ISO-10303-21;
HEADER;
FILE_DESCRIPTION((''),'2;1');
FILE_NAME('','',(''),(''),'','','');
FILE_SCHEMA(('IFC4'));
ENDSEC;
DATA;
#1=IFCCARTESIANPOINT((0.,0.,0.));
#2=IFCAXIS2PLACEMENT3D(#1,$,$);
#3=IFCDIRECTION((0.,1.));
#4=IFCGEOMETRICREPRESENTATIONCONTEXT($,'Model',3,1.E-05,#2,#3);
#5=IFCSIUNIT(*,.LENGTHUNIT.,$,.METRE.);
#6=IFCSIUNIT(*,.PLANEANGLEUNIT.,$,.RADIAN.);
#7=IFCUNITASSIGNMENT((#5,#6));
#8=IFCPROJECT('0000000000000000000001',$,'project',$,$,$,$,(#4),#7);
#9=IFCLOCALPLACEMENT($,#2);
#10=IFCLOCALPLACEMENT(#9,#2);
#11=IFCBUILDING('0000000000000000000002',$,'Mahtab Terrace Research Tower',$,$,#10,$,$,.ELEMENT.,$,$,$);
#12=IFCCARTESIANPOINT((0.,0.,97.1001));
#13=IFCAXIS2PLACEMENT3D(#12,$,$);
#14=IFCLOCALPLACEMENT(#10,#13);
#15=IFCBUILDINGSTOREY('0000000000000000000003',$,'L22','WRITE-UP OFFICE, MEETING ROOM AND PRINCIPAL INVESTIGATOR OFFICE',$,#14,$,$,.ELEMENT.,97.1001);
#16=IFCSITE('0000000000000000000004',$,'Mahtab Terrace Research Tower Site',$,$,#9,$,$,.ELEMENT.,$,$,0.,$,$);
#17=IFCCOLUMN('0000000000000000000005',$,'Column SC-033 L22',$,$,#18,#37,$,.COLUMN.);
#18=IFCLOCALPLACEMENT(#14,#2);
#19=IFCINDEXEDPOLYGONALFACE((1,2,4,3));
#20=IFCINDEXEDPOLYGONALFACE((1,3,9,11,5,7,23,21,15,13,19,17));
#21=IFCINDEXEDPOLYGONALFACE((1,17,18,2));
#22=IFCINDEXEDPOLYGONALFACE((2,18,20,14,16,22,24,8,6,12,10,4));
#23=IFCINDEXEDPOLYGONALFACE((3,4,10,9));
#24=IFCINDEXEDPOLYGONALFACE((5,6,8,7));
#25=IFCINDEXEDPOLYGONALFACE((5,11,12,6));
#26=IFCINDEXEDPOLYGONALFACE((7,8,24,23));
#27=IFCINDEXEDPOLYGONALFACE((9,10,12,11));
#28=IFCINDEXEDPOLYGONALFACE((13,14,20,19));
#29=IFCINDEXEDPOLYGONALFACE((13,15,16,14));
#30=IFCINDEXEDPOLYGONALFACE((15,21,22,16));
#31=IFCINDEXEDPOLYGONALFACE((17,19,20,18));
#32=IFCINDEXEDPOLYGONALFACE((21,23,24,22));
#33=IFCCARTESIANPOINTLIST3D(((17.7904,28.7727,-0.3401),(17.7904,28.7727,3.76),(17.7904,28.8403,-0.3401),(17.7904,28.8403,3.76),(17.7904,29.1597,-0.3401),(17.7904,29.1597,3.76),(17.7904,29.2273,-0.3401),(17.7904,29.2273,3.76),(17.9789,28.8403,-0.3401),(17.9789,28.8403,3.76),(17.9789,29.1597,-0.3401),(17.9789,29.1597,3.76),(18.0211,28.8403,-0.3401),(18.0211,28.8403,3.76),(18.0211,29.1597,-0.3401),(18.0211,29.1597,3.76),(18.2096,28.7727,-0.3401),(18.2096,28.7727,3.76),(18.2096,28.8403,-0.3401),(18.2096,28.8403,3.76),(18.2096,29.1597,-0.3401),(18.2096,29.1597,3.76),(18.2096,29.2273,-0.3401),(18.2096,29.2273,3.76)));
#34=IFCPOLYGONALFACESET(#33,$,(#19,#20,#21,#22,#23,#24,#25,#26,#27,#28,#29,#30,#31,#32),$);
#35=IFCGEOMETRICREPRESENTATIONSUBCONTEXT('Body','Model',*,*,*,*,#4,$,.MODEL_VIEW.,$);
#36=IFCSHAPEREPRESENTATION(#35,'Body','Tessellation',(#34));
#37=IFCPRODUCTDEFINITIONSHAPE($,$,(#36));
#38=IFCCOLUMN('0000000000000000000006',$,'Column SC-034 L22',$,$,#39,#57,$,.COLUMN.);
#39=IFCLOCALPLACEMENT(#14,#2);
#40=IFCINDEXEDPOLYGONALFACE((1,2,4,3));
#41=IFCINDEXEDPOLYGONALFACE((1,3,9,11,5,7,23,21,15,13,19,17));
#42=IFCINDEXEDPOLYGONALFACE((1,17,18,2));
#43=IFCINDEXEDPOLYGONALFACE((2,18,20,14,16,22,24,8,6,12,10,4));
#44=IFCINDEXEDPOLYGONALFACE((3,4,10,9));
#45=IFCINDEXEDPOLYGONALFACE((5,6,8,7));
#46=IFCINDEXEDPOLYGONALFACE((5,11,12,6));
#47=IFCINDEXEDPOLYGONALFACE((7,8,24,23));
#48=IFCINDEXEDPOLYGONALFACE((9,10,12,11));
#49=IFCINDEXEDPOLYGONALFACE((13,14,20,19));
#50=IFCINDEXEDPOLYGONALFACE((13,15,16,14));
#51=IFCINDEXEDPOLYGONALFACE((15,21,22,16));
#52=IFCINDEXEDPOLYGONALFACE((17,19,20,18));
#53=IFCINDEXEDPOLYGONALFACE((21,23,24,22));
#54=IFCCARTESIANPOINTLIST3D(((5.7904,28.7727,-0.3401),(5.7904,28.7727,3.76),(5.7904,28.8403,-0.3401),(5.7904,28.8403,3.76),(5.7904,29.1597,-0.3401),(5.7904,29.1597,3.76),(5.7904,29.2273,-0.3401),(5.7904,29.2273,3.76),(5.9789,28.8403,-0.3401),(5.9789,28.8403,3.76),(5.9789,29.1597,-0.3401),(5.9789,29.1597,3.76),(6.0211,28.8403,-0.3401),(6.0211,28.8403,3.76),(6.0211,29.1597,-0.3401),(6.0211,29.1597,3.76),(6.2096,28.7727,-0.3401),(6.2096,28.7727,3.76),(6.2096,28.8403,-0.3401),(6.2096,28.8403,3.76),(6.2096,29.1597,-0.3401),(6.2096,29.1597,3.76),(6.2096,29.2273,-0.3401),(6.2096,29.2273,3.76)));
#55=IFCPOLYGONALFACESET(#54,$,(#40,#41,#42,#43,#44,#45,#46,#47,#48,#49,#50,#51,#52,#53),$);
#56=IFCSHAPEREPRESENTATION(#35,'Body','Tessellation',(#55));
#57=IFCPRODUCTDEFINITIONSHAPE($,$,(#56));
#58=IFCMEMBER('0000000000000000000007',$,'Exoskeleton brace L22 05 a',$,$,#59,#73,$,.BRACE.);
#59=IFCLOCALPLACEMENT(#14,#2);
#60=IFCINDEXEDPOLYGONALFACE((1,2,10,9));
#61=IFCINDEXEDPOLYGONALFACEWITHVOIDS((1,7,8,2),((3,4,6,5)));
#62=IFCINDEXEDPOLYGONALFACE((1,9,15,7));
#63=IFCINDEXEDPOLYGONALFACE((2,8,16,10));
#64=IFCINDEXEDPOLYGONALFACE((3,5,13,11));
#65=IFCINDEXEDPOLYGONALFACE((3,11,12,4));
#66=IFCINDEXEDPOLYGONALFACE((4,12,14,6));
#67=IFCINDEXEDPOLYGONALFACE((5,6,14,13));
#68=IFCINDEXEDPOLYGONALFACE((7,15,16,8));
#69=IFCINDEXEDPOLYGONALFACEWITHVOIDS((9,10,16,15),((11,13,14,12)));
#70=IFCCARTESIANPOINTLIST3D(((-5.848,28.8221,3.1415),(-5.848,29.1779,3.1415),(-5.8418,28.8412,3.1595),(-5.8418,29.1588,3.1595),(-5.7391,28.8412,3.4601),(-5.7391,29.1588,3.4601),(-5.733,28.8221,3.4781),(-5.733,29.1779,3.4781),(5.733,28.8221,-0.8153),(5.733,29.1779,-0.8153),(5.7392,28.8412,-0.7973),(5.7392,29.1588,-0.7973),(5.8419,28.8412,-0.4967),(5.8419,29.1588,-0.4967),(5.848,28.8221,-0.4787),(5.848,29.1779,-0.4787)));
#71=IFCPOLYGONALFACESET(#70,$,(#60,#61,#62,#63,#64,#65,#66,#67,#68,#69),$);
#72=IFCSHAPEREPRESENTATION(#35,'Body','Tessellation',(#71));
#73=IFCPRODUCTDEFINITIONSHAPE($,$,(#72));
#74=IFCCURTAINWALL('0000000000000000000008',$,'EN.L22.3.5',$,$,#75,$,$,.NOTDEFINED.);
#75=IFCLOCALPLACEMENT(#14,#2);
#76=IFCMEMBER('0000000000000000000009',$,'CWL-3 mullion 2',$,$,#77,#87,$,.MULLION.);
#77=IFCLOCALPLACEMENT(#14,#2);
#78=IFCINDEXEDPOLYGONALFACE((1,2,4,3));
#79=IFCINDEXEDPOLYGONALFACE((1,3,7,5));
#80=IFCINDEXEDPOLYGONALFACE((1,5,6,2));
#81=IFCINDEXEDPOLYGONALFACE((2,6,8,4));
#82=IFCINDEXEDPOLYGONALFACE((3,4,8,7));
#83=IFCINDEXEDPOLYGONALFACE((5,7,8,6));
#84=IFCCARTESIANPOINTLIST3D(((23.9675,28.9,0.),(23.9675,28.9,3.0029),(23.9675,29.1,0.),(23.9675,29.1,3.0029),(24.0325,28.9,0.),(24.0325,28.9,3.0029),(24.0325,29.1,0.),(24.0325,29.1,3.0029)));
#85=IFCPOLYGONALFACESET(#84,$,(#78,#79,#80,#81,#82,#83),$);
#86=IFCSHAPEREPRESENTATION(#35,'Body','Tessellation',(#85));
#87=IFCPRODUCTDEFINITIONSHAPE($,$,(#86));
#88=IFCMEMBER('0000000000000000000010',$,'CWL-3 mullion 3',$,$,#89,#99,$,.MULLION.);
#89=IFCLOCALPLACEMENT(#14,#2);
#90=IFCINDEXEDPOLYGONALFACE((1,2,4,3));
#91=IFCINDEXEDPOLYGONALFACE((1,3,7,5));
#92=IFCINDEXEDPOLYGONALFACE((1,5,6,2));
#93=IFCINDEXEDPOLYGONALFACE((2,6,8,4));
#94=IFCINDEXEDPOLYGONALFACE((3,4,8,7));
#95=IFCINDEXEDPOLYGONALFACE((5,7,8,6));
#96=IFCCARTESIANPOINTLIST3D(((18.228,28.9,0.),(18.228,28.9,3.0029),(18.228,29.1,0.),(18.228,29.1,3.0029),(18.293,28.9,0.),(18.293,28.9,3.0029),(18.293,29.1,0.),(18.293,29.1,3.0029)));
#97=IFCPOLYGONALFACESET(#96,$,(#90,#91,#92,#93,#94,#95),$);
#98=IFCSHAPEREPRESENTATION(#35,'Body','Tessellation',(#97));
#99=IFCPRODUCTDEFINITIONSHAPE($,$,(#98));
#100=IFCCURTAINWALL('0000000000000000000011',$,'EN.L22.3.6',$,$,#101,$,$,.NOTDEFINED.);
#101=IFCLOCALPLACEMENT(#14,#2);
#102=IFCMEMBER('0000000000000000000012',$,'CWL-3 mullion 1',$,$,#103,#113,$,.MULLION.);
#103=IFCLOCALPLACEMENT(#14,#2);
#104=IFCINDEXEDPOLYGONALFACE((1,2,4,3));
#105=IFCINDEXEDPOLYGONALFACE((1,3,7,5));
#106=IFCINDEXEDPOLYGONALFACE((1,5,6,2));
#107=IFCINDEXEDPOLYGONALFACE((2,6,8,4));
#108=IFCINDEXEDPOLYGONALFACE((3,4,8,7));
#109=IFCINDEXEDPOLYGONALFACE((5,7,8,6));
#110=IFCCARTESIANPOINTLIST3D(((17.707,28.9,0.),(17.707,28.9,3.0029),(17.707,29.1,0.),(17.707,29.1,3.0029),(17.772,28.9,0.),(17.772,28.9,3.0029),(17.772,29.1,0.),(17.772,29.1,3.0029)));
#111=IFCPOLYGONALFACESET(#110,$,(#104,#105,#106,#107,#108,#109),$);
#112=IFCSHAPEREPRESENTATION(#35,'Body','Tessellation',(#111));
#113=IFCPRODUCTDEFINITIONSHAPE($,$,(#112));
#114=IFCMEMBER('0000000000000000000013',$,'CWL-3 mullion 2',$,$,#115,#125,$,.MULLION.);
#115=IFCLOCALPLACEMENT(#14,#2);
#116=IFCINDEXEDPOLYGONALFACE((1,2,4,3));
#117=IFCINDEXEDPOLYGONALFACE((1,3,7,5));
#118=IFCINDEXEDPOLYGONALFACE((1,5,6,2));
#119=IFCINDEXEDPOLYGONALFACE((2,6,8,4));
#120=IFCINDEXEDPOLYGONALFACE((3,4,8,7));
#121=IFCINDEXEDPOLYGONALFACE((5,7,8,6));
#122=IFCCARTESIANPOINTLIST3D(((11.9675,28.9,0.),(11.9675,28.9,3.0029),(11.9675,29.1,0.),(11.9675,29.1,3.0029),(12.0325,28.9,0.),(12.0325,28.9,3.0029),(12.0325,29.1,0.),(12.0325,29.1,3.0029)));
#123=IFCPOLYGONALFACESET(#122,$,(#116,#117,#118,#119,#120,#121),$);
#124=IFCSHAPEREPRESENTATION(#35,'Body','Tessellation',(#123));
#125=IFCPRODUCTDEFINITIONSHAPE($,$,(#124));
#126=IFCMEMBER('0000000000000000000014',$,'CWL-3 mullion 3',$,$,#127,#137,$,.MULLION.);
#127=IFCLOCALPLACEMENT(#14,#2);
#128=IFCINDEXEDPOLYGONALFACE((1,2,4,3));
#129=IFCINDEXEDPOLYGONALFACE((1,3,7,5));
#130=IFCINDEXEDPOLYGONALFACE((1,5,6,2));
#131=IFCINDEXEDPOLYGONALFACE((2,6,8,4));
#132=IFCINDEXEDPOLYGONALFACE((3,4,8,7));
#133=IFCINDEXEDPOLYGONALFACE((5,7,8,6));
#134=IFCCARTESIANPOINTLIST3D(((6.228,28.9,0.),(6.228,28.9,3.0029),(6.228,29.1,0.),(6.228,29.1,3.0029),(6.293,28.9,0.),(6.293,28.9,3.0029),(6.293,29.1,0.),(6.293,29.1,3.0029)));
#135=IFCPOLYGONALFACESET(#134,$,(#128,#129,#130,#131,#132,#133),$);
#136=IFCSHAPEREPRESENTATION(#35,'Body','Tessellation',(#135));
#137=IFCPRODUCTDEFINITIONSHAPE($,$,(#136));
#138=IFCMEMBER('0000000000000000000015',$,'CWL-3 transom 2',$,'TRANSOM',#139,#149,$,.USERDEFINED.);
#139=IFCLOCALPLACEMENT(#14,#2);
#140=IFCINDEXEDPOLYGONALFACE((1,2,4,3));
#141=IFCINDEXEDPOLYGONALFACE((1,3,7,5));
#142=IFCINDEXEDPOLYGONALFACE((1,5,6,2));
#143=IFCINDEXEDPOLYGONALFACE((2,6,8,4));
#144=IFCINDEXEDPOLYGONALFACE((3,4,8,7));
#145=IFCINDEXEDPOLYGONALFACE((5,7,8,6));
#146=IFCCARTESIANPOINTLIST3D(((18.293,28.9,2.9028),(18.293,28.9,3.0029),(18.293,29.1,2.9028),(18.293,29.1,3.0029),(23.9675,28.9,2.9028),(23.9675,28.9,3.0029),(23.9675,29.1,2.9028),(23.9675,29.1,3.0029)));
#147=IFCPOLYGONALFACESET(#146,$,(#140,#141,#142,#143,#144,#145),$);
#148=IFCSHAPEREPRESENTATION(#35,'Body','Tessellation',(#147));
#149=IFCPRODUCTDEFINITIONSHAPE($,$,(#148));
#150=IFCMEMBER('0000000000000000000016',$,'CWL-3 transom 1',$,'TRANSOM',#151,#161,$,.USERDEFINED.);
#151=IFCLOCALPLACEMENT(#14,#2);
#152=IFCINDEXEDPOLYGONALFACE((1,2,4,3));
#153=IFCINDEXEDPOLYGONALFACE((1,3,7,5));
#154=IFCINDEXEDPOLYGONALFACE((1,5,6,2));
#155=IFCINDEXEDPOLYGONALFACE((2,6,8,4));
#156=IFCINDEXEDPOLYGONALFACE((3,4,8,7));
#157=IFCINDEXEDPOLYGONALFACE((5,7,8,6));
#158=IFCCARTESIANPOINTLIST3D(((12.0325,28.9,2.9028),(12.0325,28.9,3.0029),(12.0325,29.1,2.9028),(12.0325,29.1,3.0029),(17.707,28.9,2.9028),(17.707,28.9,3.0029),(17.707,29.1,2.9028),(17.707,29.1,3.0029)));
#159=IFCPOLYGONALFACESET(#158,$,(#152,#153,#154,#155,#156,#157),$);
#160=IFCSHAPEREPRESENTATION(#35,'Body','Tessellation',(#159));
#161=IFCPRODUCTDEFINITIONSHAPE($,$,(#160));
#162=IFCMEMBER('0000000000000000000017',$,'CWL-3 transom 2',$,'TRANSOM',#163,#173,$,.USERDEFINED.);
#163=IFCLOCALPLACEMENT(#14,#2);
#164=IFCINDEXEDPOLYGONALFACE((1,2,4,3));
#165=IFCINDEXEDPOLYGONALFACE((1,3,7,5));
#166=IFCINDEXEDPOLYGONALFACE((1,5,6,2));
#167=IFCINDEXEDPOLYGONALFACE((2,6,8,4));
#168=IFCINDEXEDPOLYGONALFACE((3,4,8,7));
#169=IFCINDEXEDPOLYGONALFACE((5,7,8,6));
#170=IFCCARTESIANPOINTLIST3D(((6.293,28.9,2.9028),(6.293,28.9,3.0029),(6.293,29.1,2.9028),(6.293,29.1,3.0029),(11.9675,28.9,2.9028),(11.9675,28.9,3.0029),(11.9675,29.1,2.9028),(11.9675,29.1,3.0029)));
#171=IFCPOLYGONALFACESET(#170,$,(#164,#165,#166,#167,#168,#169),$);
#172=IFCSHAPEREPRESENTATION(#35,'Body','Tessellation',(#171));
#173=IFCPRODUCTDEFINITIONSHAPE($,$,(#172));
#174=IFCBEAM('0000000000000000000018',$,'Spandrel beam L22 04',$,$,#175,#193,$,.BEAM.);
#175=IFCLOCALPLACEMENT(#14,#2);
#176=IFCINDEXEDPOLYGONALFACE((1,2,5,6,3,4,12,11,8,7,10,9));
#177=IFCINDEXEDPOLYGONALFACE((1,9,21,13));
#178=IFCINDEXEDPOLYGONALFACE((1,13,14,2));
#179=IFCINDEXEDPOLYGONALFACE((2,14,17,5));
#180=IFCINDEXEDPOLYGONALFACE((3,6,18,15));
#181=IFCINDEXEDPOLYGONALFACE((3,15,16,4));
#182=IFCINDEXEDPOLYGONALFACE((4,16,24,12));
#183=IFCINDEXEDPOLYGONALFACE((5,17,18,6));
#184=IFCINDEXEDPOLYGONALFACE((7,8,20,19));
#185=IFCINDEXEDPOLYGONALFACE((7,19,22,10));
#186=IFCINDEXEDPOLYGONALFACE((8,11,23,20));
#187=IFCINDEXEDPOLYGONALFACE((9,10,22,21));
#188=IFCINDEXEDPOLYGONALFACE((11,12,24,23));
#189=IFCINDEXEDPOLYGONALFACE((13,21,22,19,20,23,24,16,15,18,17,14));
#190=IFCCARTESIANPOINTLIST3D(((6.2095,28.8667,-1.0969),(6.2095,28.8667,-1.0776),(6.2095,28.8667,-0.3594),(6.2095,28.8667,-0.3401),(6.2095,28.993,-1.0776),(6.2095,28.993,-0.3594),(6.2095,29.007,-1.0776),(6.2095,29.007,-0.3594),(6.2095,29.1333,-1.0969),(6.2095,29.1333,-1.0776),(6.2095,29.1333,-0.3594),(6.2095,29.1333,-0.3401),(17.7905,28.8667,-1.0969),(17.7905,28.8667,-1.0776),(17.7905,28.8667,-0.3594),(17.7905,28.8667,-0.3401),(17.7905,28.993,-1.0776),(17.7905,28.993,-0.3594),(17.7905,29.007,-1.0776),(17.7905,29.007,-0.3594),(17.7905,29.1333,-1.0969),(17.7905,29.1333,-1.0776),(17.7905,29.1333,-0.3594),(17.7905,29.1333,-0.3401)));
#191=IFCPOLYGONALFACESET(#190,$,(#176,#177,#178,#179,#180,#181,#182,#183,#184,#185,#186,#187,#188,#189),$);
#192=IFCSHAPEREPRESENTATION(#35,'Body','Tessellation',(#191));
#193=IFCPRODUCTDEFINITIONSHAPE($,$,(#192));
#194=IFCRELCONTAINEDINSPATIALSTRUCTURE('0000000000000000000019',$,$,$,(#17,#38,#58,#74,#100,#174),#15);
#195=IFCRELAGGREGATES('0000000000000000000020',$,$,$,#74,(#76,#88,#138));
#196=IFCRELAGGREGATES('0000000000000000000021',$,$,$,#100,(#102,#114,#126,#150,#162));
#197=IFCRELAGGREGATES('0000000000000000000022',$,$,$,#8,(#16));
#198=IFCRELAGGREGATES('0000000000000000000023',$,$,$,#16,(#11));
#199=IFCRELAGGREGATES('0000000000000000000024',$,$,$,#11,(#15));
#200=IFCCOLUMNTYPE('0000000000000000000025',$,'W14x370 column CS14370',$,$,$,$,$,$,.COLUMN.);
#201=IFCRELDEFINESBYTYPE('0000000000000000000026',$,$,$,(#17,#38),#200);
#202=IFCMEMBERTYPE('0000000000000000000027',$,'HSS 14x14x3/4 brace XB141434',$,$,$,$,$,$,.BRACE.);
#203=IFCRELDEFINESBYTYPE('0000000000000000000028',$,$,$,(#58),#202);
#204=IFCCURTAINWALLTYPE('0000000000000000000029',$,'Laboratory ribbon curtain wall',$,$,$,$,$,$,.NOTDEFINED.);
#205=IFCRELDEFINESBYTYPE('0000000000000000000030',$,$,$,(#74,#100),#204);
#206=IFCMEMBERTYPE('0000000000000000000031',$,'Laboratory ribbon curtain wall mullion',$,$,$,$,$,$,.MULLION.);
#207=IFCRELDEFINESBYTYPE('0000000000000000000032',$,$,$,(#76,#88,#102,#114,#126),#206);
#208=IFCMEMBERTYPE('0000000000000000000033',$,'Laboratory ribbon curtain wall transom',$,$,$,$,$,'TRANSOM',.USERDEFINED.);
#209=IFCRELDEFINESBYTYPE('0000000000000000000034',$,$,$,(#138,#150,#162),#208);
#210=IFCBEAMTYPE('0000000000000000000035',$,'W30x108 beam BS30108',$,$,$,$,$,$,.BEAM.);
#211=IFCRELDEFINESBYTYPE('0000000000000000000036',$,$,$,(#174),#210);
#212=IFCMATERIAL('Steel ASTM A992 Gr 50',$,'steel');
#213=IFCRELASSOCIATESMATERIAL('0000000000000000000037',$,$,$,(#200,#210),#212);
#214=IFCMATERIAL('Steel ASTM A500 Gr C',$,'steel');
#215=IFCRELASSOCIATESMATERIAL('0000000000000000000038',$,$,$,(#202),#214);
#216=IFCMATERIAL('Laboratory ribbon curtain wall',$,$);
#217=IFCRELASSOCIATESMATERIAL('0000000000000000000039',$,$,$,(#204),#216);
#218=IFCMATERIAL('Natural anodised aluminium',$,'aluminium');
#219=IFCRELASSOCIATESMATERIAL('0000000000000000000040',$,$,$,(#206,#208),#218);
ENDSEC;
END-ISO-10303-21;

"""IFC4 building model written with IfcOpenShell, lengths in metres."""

from ifc_helpers import new_model, si_unit, direction, frame, origin, origin_2d, place, context, subcontext, project, spatial, rectangle, hollow_rectangle, i_section, extrude, material, material_profile, profile_set, type_object, element, aggregate, save


model = new_model("IFC4")

# Units and contexts
model_context = context("Model", 3, precision=1e-05, world=origin(), true_north=direction((0.0, 1.0)))
body_context = subcontext(model_context, "Body", "Model", "MODEL_VIEW")
ifc_project = project(units=[si_unit("LENGTHUNIT", "METRE"), si_unit("PLANEANGLEUNIT", "RADIAN")], contexts=[model_context])

# Site, building, storey
site_placement = place(None, origin())
site = spatial("IfcSite", under=ifc_project, at=site_placement, Name="Mahtab Terrace Research Tower Site", CompositionType="ELEMENT", RefElevation=0.0)
building_placement = place(site_placement, origin())
building = spatial("IfcBuilding", under=site, at=building_placement, Name="Mahtab Terrace Research Tower", CompositionType="ELEMENT")
storey_placement = place(building_placement, frame((0.0, 0.0, 97.1001)))
storey = spatial("IfcBuildingStorey", under=building, at=storey_placement, Name="L22", Description="WRITE-UP OFFICE, MEETING ROOM AND PRINCIPAL INVESTIGATOR OFFICE", CompositionType="ELEMENT", Elevation=97.1001)

# Columns
ifc_material_1 = material(Name="Steel ASTM A992 Gr 50", Category="steel")
ifc_material_profile_1 = material_profile(ifc_material_1, i_section(OverallWidth=0.4192, OverallDepth=0.4546, WebThickness=0.0422, FlangeThickness=0.0676, at=origin_2d()), Name="W14X370")
ifc_profile_set_1 = profile_set([ifc_material_profile_1], Name="Steel ASTM A992 Gr 50")
column_type = type_object("IfcColumnType", Name="W14x370 column CS14370", PredefinedType="COLUMN", material=ifc_profile_set_1)
for number, where, z_axis, x_axis, name in (
    (1, (18.0, 29.0, -0.3401), (0.0, 0.0, 1.0), (1.0, 0.0, 0.0), "Column SC-033 L22"),
    (2, (6.0, 29.0, -0.3401), (0.0, 0.0, 1.0), (1.0, 0.0, 0.0), "Column SC-034 L22"),
):
    element("IfcColumn", number, at=place(storey_placement, frame(where, z_axis=z_axis, x_axis=x_axis)), inside=storey, type_object=column_type, Name=name, PredefinedType="COLUMN", context=body_context, shape_type="SweptSolid", body=[
        extrude(i_section(OverallWidth=0.4192, OverallDepth=0.4546, WebThickness=0.0422, FlangeThickness=0.0676, at=origin_2d()), origin(), (0.0, 0.0, 1.0), 4.1001),
    ])

# Member
ifc_material_2 = material(Name="Steel ASTM A500 Gr C", Category="steel")
ifc_material_profile_2 = material_profile(ifc_material_2, hollow_rectangle(XDim=0.3557, YDim=0.3557, WallThickness=0.019, at=origin_2d()), Name="HSS14X14X3/4")
ifc_profile_set_2 = profile_set([ifc_material_profile_2], Name="Steel ASTM A500 Gr C")
member_type_1 = type_object("IfcMemberType", Name="HSS 14x14x3/4 brace XB141434", PredefinedType="BRACE", material=ifc_profile_set_2)
member_1_placement = place(storey_placement, frame((5.7905, 29.0, -0.647), z_axis=(-0.946293, 0.0, 0.323311), x_axis=(0.0, -1.0, 0.0)))
element("IfcMember", 3, at=member_1_placement, inside=storey, type_object=member_type_1, Name="Exoskeleton brace L22 05 a", PredefinedType="BRACE", context=body_context, shape_type="SweptSolid", body=[
    extrude(hollow_rectangle(XDim=0.3557, YDim=0.3557, WallThickness=0.019, at=origin_2d()), origin(), (0.0, 0.0, 1.0), 12.2383),
])

# Curtain walls, members
ifc_material_3 = material(Name="Laboratory ribbon curtain wall")
curtain_wall_type = type_object("IfcCurtainWallType", Name="Laboratory ribbon curtain wall", PredefinedType="NOTDEFINED", material=ifc_material_3)
curtain_wall_1_placement = place(storey_placement, origin())
curtain_wall_1 = element("IfcCurtainWall", 4, at=curtain_wall_1_placement, inside=storey, type_object=curtain_wall_type, Name="EN.L22.3.5", PredefinedType="NOTDEFINED")
ifc_material_4 = material(Name="Natural anodised aluminium", Category="aluminium")
ifc_material_profile_3 = material_profile(ifc_material_4, rectangle(XDim=0.2, YDim=0.0649, at=origin_2d()), Name="MULLION 65x200")
ifc_profile_set_3 = profile_set([ifc_material_profile_3], Name="Natural anodised aluminium")
member_type_2 = type_object("IfcMemberType", Name="Laboratory ribbon curtain wall mullion", PredefinedType="MULLION", material=ifc_profile_set_3)
member_2_placement = place(storey_placement, frame((24.0, 29.0, 0.0), z_axis=(0.0, 0.0, 1.0), x_axis=(0.0, -1.0, 0.0)))
member_2 = element("IfcMember", 5, at=member_2_placement, type_object=member_type_2, Name="CWL-3 mullion 2", PredefinedType="MULLION", context=body_context, shape_type="SweptSolid", body=[
    extrude(rectangle(XDim=0.2, YDim=0.0649, at=origin_2d()), origin(), (0.0, 0.0, 1.0), 3.0029),
])
member_3_placement = place(storey_placement, frame((18.2605, 29.0, 0.0), z_axis=(0.0, 0.0, 1.0), x_axis=(0.0, -1.0, 0.0)))
member_3 = element("IfcMember", 6, at=member_3_placement, type_object=member_type_2, Name="CWL-3 mullion 3", PredefinedType="MULLION", context=body_context, shape_type="SweptSolid", body=[
    extrude(rectangle(XDim=0.2, YDim=0.0649, at=origin_2d()), origin(), (0.0, 0.0, 1.0), 3.0029),
])
curtain_wall_2_placement = place(storey_placement, origin())
curtain_wall_2 = element("IfcCurtainWall", 7, at=curtain_wall_2_placement, inside=storey, type_object=curtain_wall_type, Name="EN.L22.3.6", PredefinedType="NOTDEFINED")
member_4_placement = place(storey_placement, frame((17.7395, 29.0, 0.0), z_axis=(0.0, 0.0, 1.0), x_axis=(0.0, -1.0, 0.0)))
member_4 = element("IfcMember", 8, at=member_4_placement, type_object=member_type_2, Name="CWL-3 mullion 1", PredefinedType="MULLION", context=body_context, shape_type="SweptSolid", body=[
    extrude(rectangle(XDim=0.2, YDim=0.0649, at=origin_2d()), origin(), (0.0, 0.0, 1.0), 3.0029),
])
member_5_placement = place(storey_placement, frame((12.0, 29.0, 0.0), z_axis=(0.0, 0.0, 1.0), x_axis=(0.0, -1.0, 0.0)))
member_5 = element("IfcMember", 9, at=member_5_placement, type_object=member_type_2, Name="CWL-3 mullion 2", PredefinedType="MULLION", context=body_context, shape_type="SweptSolid", body=[
    extrude(rectangle(XDim=0.2, YDim=0.0649, at=origin_2d()), origin(), (0.0, 0.0, 1.0), 3.0029),
])
member_6_placement = place(storey_placement, frame((6.2605, 29.0, 0.0), z_axis=(0.0, 0.0, 1.0), x_axis=(0.0, -1.0, 0.0)))
member_6 = element("IfcMember", 10, at=member_6_placement, type_object=member_type_2, Name="CWL-3 mullion 3", PredefinedType="MULLION", context=body_context, shape_type="SweptSolid", body=[
    extrude(rectangle(XDim=0.2, YDim=0.0649, at=origin_2d()), origin(), (0.0, 0.0, 1.0), 3.0029),
])

# Members
ifc_material_profile_4 = material_profile(ifc_material_4, rectangle(XDim=0.2, YDim=0.1001, at=origin_2d()), Name="TRANSOM 100x200")
ifc_profile_set_4 = profile_set([ifc_material_profile_4], Name="Natural anodised aluminium")
member_type_3 = type_object("IfcMemberType", Name="Laboratory ribbon curtain wall transom", ElementType="TRANSOM", PredefinedType="USERDEFINED", material=ifc_profile_set_4)
member_7_placement = place(storey_placement, frame((23.9675, 29.0, 2.9529), z_axis=(-1.0, 0.0, 0.0), x_axis=(0.0, -1.0, 0.0)))
member_7 = element("IfcMember", 11, at=member_7_placement, type_object=member_type_3, Name="CWL-3 transom 2", ObjectType="TRANSOM", PredefinedType="USERDEFINED", context=body_context, shape_type="SweptSolid", body=[
    extrude(rectangle(XDim=0.2, YDim=0.1001, at=origin_2d()), origin(), (0.0, 0.0, 1.0), 5.6746),
])
member_8_placement = place(storey_placement, frame((17.707, 29.0, 2.9529), z_axis=(-1.0, 0.0, 0.0), x_axis=(0.0, -1.0, 0.0)))
member_8 = element("IfcMember", 12, at=member_8_placement, type_object=member_type_3, Name="CWL-3 transom 1", ObjectType="TRANSOM", PredefinedType="USERDEFINED", context=body_context, shape_type="SweptSolid", body=[
    extrude(rectangle(XDim=0.2, YDim=0.1001, at=origin_2d()), origin(), (0.0, 0.0, 1.0), 5.6746),
])
member_9_placement = place(storey_placement, frame((11.9675, 29.0, 2.9529), z_axis=(-1.0, 0.0, 0.0), x_axis=(0.0, -1.0, 0.0)))
member_9 = element("IfcMember", 13, at=member_9_placement, type_object=member_type_3, Name="CWL-3 transom 2", ObjectType="TRANSOM", PredefinedType="USERDEFINED", context=body_context, shape_type="SweptSolid", body=[
    extrude(rectangle(XDim=0.2, YDim=0.1001, at=origin_2d()), origin(), (0.0, 0.0, 1.0), 5.6746),
])

# Beam
ifc_material_profile_5 = material_profile(ifc_material_1, i_section(OverallWidth=0.2666, OverallDepth=0.7568, WebThickness=0.0139, FlangeThickness=0.0193, at=origin_2d()), Name="W30X108")
ifc_profile_set_5 = profile_set([ifc_material_profile_5], Name="Steel ASTM A992 Gr 50")
beam_type = type_object("IfcBeamType", Name="W30x108 beam BS30108", PredefinedType="BEAM", material=ifc_profile_set_5)
for number, where, z_axis, x_axis, name in (
    (14, (17.7905, 29.0, -0.7185), (-1.0, 0.0, 0.0), (0.0, -1.0, 0.0), "Spandrel beam L22 04"),
):
    element("IfcBeam", number, at=place(storey_placement, frame(where, z_axis=z_axis, x_axis=x_axis)), inside=storey, type_object=beam_type, Name=name, PredefinedType="BEAM", context=body_context, shape_type="SweptSolid", body=[
        extrude(i_section(OverallWidth=0.2666, OverallDepth=0.7568, WebThickness=0.0139, FlangeThickness=0.0193, at=origin_2d()), origin(), (0.0, 0.0, 1.0), 11.5811),
    ])

aggregate(curtain_wall_1, [member_2, member_3, member_7])
aggregate(curtain_wall_2, [member_4, member_5, member_6, member_8, member_9])

save(model, "model.ifc")
